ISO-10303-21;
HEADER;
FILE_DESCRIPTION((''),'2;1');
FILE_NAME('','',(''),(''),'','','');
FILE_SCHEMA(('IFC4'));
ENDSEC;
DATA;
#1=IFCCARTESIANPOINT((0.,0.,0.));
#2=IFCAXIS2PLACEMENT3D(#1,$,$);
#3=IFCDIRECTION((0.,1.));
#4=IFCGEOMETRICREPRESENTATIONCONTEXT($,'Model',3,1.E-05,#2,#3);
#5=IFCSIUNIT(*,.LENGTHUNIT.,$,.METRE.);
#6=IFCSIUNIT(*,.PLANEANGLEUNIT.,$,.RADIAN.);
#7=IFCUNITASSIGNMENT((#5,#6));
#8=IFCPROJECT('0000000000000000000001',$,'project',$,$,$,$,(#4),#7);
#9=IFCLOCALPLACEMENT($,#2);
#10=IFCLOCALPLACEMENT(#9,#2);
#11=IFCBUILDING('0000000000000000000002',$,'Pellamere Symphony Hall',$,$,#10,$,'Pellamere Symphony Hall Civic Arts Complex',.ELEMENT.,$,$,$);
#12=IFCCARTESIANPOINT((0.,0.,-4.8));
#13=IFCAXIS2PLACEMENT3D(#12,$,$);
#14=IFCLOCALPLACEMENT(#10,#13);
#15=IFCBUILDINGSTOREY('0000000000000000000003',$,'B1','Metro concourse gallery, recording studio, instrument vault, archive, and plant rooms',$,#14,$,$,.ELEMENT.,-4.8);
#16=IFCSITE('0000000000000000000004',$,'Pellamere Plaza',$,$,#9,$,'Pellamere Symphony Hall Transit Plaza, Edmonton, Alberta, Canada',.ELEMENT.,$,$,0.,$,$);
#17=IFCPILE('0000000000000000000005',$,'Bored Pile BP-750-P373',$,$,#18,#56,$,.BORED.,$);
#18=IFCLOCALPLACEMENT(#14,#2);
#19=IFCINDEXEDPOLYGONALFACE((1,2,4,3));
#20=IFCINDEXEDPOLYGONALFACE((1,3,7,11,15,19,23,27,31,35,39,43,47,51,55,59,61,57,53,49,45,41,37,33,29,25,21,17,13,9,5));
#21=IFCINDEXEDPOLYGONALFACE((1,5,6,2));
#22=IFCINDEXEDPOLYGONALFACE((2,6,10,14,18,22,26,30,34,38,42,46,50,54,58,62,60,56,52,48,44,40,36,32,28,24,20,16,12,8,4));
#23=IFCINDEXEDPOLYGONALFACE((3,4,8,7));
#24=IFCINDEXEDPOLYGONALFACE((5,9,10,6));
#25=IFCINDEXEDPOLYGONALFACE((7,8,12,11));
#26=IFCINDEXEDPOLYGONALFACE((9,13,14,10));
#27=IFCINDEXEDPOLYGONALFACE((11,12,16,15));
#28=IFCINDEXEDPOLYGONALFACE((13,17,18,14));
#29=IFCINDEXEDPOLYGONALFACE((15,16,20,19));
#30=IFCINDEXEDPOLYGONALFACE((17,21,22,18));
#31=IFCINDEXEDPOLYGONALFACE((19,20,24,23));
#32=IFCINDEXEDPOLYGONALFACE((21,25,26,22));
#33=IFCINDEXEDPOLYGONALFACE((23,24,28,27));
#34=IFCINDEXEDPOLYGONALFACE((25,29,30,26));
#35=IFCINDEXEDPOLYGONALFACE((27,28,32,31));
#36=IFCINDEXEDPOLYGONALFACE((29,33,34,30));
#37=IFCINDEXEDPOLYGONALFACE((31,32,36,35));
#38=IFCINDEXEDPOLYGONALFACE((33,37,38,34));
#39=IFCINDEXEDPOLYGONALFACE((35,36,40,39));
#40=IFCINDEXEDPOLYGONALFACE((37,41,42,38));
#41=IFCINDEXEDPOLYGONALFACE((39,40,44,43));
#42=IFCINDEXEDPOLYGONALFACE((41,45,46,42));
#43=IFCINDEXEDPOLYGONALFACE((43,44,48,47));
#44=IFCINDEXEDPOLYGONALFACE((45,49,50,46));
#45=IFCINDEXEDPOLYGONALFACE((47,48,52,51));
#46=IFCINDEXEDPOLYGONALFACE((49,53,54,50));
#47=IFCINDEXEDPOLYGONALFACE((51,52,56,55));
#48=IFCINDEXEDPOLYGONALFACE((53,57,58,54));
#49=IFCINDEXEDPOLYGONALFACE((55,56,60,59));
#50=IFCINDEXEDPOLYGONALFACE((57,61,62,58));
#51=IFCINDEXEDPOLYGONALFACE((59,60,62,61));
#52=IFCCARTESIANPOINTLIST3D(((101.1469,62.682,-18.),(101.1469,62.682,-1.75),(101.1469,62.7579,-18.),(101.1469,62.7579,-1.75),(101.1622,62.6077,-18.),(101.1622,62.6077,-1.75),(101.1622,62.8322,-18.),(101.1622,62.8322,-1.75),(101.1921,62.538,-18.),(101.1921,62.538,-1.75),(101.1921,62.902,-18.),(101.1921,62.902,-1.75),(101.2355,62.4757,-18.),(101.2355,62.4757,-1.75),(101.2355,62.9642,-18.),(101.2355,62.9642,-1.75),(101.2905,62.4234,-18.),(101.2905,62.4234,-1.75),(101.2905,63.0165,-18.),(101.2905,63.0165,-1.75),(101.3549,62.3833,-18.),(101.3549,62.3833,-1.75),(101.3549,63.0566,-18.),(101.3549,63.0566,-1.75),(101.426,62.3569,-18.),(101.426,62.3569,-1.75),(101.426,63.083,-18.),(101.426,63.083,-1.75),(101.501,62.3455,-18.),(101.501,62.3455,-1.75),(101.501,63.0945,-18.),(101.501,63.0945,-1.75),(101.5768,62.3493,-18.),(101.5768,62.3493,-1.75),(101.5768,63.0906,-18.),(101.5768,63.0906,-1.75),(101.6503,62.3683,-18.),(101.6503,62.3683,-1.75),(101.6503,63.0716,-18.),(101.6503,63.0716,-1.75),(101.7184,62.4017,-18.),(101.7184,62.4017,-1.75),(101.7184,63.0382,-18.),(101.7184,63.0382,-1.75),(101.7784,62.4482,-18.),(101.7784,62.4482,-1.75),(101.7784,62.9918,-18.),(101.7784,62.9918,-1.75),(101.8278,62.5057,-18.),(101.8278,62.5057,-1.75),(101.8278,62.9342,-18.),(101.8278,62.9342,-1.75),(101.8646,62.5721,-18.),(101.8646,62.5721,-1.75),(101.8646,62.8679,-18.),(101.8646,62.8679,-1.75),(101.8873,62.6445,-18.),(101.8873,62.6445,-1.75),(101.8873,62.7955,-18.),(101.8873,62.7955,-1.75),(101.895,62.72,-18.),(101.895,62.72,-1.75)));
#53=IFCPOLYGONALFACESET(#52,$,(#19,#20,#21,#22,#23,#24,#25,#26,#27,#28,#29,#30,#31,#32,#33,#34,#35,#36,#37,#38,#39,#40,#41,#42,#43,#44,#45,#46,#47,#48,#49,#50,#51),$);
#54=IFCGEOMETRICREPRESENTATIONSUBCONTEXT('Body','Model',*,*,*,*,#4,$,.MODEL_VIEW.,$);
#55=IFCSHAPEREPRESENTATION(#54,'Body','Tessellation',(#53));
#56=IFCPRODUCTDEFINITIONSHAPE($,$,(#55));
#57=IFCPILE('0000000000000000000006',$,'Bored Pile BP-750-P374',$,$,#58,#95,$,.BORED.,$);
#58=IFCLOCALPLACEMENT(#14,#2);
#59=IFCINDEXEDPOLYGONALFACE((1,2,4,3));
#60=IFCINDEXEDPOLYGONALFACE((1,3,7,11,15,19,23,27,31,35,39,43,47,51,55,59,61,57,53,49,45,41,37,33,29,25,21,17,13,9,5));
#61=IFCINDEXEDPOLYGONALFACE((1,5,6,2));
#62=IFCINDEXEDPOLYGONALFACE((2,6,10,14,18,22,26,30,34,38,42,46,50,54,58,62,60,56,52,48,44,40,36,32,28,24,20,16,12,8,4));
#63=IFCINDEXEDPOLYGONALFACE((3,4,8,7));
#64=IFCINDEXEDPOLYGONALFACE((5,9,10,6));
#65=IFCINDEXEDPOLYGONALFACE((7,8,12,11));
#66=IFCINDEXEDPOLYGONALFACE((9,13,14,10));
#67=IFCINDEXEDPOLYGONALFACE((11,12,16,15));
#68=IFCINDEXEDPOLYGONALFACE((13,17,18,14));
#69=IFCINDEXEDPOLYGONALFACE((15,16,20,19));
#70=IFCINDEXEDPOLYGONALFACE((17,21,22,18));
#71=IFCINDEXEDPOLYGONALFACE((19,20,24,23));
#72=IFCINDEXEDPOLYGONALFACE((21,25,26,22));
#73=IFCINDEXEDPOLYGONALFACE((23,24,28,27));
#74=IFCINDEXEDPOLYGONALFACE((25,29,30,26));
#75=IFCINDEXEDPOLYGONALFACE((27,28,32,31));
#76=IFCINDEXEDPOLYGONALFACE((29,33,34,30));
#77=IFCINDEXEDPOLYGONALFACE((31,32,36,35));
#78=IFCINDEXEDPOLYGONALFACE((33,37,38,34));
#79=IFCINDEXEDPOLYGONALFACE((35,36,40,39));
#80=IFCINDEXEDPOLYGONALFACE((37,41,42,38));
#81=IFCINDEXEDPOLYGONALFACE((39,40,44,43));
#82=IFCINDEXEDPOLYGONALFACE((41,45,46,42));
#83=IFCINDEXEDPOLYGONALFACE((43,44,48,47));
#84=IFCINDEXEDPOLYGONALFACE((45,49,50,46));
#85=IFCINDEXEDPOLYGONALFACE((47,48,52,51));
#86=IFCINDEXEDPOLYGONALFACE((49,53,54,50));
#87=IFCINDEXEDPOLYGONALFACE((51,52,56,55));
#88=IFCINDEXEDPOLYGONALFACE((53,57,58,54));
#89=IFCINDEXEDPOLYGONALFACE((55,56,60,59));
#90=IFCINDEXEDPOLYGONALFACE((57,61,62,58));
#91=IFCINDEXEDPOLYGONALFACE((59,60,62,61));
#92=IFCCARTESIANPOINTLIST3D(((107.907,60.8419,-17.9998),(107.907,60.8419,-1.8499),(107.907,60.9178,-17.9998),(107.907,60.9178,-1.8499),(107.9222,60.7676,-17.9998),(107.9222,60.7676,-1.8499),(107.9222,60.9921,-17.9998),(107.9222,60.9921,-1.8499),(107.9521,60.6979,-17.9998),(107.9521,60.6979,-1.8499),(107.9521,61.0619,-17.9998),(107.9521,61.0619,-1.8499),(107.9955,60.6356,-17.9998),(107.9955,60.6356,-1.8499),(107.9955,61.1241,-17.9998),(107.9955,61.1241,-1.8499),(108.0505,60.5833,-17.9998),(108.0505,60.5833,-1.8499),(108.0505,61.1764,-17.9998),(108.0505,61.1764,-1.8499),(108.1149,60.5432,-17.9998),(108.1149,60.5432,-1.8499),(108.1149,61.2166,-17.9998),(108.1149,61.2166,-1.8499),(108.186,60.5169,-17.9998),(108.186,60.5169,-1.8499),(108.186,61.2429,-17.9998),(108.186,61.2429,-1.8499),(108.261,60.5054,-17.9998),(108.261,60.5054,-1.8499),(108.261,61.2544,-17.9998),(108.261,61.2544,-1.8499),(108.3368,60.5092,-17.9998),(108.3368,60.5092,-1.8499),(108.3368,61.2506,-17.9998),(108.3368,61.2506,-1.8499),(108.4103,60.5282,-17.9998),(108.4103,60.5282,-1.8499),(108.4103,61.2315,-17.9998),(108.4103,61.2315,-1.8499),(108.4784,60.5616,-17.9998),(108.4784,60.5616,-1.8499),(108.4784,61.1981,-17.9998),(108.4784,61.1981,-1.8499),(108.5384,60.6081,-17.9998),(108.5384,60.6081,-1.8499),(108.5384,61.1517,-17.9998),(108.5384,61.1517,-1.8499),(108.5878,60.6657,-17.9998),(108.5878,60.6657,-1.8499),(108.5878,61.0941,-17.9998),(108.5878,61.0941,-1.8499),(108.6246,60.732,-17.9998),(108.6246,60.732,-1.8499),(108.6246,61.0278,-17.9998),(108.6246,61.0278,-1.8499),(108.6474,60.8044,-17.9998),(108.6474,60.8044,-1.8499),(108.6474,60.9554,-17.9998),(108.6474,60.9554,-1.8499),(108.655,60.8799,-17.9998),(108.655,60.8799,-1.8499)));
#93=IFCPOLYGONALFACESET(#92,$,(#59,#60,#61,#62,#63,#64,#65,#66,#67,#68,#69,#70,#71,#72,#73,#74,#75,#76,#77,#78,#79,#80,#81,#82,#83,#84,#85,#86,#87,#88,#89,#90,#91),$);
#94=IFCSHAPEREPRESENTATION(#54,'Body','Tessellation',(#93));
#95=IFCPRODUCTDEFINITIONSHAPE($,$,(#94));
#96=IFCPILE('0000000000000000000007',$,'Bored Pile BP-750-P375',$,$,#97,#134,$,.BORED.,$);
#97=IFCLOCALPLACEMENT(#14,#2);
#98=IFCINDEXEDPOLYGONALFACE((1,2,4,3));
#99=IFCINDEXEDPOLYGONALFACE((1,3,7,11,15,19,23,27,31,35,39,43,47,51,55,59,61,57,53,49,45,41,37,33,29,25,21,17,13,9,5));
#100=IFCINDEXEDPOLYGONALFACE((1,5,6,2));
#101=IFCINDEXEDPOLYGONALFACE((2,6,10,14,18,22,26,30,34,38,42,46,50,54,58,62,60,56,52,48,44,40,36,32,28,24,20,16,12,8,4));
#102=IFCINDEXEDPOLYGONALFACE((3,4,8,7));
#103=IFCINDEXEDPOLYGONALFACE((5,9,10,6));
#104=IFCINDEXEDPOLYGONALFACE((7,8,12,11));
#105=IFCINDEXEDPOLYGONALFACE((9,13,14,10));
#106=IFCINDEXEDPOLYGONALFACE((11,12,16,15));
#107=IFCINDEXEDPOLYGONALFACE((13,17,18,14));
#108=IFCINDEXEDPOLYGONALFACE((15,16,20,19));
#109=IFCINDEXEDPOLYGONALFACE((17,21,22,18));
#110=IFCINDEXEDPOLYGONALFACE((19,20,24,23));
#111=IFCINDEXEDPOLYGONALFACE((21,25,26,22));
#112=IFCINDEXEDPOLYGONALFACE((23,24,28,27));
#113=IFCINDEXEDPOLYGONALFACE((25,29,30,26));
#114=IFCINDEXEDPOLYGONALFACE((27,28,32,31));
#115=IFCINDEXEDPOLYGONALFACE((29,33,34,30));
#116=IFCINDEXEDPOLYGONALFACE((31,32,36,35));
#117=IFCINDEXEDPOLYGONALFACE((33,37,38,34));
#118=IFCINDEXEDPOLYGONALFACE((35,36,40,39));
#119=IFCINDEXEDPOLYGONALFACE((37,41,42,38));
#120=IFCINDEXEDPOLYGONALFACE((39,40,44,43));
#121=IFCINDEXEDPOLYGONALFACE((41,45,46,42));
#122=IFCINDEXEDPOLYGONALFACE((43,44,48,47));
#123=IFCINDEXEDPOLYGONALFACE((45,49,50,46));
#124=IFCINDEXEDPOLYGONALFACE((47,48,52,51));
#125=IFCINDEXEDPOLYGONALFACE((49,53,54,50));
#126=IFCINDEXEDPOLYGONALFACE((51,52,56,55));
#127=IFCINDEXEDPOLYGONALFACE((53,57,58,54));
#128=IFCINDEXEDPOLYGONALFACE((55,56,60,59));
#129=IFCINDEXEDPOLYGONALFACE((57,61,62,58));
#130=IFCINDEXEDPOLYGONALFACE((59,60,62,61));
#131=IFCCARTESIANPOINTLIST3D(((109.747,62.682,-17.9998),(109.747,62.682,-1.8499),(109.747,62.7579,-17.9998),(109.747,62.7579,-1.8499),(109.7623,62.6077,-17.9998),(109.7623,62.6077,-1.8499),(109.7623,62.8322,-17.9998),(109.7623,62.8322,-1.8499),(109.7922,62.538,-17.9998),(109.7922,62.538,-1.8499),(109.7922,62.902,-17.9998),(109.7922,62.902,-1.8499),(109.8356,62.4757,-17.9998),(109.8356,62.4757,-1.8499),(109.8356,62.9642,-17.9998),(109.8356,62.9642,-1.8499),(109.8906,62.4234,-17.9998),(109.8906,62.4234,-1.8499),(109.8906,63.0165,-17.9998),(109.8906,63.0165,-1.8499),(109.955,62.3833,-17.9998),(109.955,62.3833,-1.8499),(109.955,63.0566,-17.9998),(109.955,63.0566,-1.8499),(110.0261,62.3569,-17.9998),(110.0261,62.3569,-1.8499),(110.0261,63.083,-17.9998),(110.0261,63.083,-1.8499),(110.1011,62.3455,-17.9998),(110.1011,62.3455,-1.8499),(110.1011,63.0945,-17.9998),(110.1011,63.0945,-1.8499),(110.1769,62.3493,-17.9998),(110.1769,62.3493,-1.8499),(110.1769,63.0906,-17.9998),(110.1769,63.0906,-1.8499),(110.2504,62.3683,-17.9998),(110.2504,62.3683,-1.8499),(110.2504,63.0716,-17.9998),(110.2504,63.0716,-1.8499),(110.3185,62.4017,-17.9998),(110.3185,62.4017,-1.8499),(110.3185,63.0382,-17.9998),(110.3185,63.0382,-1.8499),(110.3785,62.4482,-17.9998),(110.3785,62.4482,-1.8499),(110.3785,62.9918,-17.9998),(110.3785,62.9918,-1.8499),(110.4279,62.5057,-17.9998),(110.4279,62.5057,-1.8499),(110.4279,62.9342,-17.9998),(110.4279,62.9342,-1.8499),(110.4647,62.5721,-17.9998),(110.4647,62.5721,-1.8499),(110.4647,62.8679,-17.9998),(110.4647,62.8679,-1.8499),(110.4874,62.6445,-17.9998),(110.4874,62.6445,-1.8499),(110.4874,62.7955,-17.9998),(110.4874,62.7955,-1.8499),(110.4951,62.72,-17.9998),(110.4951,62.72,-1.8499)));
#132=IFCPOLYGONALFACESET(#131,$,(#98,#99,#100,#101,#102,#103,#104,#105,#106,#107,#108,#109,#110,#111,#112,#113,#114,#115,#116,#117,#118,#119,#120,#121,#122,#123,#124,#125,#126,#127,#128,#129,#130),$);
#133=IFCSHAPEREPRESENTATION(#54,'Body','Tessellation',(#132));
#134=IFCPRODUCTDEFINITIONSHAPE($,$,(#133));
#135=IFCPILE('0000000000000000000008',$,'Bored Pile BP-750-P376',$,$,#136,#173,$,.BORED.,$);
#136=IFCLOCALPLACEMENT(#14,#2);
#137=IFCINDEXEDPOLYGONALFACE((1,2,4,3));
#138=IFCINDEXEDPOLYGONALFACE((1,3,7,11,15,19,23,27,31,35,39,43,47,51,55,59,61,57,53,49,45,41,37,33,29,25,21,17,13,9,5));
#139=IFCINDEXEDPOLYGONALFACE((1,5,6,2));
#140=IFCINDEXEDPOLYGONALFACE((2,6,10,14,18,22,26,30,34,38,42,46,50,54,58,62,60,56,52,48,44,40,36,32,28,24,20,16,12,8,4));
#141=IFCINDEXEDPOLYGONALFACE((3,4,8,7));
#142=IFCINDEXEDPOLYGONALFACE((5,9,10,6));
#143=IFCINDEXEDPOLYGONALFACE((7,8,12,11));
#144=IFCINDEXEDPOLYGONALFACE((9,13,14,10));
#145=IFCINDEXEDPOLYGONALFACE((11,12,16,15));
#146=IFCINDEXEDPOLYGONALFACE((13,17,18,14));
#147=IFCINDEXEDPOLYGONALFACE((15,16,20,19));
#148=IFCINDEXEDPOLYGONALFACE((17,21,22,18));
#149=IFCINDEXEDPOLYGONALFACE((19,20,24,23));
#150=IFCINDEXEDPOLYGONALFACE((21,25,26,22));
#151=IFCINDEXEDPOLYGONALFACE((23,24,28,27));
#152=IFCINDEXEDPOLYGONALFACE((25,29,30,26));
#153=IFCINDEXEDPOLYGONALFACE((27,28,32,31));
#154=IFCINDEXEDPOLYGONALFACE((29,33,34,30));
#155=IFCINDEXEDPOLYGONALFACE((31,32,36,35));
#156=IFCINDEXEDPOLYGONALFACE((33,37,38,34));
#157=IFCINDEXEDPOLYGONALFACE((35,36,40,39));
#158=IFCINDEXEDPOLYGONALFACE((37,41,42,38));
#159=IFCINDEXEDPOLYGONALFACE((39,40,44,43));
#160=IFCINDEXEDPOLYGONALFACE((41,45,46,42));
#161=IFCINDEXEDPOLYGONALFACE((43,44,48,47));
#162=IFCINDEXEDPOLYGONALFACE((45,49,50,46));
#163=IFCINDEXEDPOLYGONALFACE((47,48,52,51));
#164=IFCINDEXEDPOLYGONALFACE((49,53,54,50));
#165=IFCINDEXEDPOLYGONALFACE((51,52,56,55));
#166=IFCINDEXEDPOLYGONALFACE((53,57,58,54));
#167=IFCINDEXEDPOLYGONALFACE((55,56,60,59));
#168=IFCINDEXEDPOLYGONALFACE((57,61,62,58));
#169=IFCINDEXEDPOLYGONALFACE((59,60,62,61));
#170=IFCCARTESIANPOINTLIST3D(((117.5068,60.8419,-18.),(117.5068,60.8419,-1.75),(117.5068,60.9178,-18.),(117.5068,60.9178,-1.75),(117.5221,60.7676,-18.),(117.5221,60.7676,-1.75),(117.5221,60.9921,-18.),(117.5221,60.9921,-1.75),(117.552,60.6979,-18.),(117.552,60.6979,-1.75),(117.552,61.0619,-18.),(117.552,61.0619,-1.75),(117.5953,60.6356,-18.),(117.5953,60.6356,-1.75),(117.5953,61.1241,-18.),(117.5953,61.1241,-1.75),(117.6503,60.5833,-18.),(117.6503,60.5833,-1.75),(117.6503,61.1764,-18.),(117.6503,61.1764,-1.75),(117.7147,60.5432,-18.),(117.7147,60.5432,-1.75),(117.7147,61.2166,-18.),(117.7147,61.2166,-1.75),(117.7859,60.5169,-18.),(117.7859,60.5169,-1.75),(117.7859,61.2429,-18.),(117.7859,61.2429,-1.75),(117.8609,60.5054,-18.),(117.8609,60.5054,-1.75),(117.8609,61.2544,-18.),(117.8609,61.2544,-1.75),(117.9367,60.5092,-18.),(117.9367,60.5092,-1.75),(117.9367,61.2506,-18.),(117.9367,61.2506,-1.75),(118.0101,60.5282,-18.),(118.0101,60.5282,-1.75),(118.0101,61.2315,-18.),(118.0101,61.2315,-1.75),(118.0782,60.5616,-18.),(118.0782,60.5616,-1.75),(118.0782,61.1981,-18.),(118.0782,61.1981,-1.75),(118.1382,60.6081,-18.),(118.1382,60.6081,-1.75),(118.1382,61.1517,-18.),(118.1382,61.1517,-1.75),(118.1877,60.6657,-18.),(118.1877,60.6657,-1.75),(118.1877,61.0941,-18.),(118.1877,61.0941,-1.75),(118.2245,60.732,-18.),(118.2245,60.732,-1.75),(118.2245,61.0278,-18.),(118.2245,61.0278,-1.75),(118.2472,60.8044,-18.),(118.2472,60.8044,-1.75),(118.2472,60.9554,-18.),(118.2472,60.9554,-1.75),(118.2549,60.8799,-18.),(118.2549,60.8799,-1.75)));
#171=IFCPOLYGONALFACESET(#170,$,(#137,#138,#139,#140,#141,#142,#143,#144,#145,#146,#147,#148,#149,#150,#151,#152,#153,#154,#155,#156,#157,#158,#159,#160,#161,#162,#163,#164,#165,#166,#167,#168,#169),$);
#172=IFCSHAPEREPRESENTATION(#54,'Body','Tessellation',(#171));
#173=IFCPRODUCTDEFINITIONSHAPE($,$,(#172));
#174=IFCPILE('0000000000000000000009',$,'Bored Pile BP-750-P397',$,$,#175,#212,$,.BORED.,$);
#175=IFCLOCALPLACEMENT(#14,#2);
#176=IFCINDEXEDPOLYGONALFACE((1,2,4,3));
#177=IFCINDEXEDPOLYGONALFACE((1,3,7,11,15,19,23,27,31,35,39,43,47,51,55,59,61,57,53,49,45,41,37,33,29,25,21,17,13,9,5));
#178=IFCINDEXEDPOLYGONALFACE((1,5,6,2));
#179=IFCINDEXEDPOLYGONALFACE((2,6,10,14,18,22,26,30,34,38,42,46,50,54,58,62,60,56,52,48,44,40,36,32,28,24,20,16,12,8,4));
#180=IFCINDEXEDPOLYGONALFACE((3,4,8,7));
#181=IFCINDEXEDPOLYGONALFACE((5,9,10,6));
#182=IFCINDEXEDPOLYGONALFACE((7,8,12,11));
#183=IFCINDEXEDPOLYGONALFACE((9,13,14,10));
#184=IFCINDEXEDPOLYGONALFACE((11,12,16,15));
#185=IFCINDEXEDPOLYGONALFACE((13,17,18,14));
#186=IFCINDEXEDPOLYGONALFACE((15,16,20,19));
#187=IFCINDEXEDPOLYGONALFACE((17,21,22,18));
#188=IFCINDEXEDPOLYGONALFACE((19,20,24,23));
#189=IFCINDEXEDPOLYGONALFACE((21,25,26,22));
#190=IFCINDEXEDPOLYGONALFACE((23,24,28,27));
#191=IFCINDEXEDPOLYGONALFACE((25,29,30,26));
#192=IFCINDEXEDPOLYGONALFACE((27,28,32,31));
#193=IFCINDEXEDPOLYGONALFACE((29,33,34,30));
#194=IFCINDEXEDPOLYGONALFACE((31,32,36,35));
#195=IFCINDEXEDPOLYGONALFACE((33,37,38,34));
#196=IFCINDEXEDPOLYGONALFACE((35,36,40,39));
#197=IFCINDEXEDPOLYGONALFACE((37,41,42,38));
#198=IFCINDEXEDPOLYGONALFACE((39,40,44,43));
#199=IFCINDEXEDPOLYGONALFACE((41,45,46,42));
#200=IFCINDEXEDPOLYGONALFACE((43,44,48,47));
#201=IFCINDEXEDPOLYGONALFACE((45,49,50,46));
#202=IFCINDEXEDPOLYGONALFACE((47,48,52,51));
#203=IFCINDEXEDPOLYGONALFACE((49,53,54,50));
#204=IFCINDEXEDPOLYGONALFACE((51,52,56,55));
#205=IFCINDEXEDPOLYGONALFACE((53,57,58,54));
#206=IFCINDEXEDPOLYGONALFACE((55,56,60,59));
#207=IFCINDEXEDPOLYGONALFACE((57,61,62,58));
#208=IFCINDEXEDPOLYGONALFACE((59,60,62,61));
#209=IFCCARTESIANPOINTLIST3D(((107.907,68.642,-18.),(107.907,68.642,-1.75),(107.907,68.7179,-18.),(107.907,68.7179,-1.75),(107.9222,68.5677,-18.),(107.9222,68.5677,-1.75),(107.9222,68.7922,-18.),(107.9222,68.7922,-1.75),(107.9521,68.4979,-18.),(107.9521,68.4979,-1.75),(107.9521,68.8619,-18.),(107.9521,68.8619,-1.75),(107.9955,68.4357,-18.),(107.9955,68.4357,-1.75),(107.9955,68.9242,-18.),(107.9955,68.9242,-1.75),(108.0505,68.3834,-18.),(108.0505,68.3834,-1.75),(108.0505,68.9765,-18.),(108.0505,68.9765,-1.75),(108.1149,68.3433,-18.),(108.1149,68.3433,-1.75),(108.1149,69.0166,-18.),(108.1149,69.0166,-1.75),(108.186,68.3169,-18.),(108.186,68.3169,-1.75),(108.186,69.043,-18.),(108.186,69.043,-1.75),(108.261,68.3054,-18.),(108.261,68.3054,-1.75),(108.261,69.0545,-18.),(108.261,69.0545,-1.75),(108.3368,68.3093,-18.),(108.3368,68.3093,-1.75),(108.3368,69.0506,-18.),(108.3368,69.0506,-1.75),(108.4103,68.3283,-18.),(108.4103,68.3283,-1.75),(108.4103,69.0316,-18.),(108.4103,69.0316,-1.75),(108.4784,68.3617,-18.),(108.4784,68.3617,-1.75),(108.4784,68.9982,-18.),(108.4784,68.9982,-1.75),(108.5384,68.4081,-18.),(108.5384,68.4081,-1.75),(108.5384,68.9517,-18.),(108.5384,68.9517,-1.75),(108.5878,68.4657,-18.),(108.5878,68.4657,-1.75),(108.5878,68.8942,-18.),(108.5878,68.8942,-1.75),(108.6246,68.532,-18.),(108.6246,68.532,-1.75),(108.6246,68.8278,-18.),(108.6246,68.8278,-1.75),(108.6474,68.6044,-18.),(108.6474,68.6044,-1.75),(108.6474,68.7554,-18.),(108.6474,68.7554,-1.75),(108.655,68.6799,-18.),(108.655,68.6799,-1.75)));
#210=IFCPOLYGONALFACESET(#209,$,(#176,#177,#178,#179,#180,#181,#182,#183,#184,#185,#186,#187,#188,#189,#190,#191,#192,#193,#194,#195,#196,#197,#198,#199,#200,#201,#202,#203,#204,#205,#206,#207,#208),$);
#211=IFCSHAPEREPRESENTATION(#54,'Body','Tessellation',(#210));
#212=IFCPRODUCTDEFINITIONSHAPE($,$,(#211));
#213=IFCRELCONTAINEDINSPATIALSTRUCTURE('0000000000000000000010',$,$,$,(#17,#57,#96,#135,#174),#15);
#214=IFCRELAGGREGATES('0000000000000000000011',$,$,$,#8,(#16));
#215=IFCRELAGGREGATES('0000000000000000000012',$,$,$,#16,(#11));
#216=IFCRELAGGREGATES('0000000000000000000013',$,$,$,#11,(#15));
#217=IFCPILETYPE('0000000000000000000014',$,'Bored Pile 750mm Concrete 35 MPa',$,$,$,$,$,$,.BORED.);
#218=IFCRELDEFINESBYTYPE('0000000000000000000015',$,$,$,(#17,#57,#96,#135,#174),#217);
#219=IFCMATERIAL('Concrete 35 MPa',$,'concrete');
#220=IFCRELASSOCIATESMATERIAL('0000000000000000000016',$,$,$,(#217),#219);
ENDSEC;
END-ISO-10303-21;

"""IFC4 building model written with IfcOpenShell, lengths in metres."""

from ifc_helpers import new_model, si_unit, direction, frame, origin, origin_2d, place, context, subcontext, project, spatial, circle, extrude, material, material_profile, profile_set, type_object, element, save


model = new_model("IFC4")

# Units and contexts
model_context = context("Model", 3, precision=1e-05, world=origin(), true_north=direction((0.0, 1.0)))
body_context = subcontext(model_context, "Body", "Model", "MODEL_VIEW")
ifc_project = project(units=[si_unit("LENGTHUNIT", "METRE"), si_unit("PLANEANGLEUNIT", "RADIAN")], contexts=[model_context])

# Site, building, storey
site_placement = place(None, origin())
site = spatial("IfcSite", under=ifc_project, at=site_placement, Name="Pellamere Plaza", LongName="Pellamere Symphony Hall Transit Plaza, Edmonton, Alberta, Canada", CompositionType="ELEMENT", RefElevation=0.0)
building_placement = place(site_placement, origin())
building = spatial("IfcBuilding", under=site, at=building_placement, Name="Pellamere Symphony Hall", LongName="Pellamere Symphony Hall Civic Arts Complex", CompositionType="ELEMENT")
storey_placement = place(building_placement, frame((0.0, 0.0, -4.8)))
storey = spatial("IfcBuildingStorey", under=building, at=storey_placement, Name="B1", Description="Metro concourse gallery, recording studio, instrument vault, archive, and plant rooms", CompositionType="ELEMENT", Elevation=-4.8)

# Piles
ifc_material_1 = material(Name="Concrete 35 MPa", Category="concrete")
ifc_material_profile_1 = material_profile(ifc_material_1, circle(Radius=0.375, at=origin_2d()), Name="PILE D750")
ifc_profile_set_1 = profile_set([ifc_material_profile_1], Name="Concrete 35 MPa")
pile_type = type_object("IfcPileType", Name="Bored Pile 750mm Concrete 35 MPa", PredefinedType="BORED", material=ifc_profile_set_1)
pile_1_placement = place(storey_placement, frame((101.52, 62.72, -1.75), z_axis=(0.0, 0.0, -1.0), x_axis=(1.0, 0.0, 0.0)))
element("IfcPile", 1, at=pile_1_placement, inside=storey, type_object=pile_type, Name="Bored Pile BP-750-P373", PredefinedType="BORED", context=body_context, shape_type="SweptSolid", body=[
    extrude(circle(Radius=0.375, at=origin_2d()), origin(), (0.0, 0.0, 1.0), 16.25),
])
for number, where, z_axis, x_axis, name in (
    (2, (108.28, 60.8799, -1.8499), (0.0, 0.0, -1.0), (1.0, 0.0, 0.0), "Bored Pile BP-750-P374"),
    (3, (110.1201, 62.72, -1.8499), (0.0, 0.0, -1.0), (1.0, 0.0, 0.0), "Bored Pile BP-750-P375"),
):
    element("IfcPile", number, at=place(storey_placement, frame(where, z_axis=z_axis, x_axis=x_axis)), inside=storey, type_object=pile_type, Name=name, PredefinedType="BORED", context=body_context, shape_type="SweptSolid", body=[
        extrude(circle(Radius=0.375, at=origin_2d()), origin(), (0.0, 0.0, 1.0), 16.1499),
    ])
for number, where, z_axis, x_axis, name in (
    (4, (117.8799, 60.8799, -1.75), (0.0, 0.0, -1.0), (1.0, 0.0, 0.0), "Bored Pile BP-750-P376"),
    (5, (108.28, 68.6799, -1.75), (0.0, 0.0, -1.0), (1.0, 0.0, 0.0), "Bored Pile BP-750-P397"),
):
    element("IfcPile", number, at=place(storey_placement, frame(where, z_axis=z_axis, x_axis=x_axis)), inside=storey, type_object=pile_type, Name=name, PredefinedType="BORED", context=body_context, shape_type="SweptSolid", body=[
        extrude(circle(Radius=0.375, at=origin_2d()), origin(), (0.0, 0.0, 1.0), 16.25),
    ])

save(model, "model.ifc")
